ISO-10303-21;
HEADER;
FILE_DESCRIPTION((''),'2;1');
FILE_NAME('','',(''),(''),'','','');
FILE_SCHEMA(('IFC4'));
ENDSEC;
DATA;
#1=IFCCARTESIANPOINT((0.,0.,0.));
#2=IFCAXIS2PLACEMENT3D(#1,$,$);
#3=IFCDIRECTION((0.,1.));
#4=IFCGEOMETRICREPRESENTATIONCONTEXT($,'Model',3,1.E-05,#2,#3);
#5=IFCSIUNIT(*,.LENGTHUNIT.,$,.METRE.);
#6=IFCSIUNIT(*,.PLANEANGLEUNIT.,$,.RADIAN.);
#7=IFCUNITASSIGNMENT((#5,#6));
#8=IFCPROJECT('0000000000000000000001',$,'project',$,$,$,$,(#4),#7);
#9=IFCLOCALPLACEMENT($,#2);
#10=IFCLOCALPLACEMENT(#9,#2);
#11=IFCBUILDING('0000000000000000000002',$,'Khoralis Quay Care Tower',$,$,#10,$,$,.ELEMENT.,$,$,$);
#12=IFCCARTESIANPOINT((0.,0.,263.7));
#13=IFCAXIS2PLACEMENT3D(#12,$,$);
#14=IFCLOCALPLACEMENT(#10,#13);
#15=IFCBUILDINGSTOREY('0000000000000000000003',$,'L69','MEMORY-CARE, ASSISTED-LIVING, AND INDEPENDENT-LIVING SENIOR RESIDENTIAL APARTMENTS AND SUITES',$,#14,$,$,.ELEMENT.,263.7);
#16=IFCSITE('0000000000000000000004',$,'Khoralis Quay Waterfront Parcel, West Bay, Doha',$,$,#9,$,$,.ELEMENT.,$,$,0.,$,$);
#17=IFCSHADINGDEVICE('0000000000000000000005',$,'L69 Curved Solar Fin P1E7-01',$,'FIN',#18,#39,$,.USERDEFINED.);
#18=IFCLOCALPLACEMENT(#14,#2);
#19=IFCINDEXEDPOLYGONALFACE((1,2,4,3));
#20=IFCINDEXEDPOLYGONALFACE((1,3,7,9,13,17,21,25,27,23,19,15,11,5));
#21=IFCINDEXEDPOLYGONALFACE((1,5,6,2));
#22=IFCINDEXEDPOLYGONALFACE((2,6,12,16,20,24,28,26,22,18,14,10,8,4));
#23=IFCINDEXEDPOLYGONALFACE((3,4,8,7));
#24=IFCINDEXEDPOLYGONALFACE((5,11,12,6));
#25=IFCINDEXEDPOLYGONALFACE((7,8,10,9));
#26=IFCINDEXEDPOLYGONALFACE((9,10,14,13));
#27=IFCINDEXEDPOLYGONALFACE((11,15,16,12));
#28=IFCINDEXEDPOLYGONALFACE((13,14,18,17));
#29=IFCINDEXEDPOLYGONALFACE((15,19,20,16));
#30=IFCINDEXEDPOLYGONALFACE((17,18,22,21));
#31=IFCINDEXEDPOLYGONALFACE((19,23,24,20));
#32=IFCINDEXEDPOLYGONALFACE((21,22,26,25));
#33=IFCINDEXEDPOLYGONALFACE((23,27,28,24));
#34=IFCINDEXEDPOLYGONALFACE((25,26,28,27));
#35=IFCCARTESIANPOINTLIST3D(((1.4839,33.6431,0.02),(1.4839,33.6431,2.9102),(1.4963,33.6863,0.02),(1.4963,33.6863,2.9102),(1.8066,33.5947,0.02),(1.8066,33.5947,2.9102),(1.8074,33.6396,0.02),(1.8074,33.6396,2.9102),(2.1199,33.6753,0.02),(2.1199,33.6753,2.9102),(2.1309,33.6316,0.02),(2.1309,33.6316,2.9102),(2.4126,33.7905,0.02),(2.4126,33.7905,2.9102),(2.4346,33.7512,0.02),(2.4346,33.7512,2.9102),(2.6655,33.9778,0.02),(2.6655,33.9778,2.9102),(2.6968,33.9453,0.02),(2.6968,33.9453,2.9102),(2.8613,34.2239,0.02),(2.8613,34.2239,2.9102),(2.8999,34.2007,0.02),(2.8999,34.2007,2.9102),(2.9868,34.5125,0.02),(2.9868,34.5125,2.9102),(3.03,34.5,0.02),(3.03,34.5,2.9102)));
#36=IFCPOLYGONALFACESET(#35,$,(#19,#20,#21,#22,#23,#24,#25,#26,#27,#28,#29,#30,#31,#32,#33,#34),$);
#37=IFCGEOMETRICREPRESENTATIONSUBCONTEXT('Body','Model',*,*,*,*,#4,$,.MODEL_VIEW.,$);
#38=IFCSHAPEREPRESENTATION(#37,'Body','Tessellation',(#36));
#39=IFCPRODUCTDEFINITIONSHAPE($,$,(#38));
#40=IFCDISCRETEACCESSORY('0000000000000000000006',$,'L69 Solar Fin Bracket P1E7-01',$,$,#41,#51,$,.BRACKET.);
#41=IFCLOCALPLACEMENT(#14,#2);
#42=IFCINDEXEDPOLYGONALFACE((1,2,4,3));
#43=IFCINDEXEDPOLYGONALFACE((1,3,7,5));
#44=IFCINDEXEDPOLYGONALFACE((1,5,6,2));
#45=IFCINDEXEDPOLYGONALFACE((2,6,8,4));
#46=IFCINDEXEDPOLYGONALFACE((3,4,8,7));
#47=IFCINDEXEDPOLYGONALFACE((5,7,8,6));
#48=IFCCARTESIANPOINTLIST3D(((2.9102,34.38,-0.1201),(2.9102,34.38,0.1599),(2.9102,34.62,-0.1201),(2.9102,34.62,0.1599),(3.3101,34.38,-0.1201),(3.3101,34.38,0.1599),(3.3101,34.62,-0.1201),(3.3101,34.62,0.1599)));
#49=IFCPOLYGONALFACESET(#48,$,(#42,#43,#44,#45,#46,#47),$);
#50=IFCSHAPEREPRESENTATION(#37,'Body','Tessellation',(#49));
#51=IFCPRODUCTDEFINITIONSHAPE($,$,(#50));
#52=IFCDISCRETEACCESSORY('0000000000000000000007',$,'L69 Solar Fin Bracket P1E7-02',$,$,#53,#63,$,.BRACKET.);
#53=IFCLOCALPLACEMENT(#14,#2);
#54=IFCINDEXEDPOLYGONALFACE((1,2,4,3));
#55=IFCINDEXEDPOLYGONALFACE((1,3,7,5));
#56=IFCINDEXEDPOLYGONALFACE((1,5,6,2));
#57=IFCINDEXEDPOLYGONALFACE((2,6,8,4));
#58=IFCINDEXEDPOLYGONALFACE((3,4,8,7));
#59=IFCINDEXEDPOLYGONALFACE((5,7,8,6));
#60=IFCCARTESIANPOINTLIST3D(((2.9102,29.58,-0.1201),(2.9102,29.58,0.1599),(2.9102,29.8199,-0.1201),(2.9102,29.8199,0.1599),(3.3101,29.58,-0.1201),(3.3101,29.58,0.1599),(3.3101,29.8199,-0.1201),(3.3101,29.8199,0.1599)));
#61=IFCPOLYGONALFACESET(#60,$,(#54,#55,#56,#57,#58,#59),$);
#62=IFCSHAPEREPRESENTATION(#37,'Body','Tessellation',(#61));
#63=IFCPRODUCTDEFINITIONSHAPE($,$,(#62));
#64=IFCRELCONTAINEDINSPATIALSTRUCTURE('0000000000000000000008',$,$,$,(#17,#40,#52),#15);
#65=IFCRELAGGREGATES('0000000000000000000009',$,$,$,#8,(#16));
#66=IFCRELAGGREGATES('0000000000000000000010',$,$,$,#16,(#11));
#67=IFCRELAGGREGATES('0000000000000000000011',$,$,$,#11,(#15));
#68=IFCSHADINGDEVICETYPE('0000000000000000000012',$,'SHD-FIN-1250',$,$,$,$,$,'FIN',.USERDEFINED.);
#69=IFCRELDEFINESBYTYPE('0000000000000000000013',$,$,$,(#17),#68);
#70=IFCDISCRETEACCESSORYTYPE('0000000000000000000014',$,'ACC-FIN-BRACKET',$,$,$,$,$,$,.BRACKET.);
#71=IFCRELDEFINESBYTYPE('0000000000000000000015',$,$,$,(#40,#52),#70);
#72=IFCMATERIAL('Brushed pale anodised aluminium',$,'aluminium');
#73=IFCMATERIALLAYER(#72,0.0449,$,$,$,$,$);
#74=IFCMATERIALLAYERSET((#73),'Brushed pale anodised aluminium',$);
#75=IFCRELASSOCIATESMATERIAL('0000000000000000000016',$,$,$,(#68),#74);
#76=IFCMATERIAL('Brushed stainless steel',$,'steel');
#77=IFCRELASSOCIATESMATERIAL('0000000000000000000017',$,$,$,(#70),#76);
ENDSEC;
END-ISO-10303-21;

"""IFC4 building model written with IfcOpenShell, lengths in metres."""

from ifc_helpers import new_model, si_unit, direction, frame, origin, origin_2d, place, context, subcontext, project, spatial, polyline, rectangle, outline, extrude, source, transform, mapped, material, layer, layer_set, type_object, element, save


model = new_model("IFC4")

# Units and contexts
model_context = context("Model", 3, precision=1e-05, world=origin(), true_north=direction((0.0, 1.0)))
body_context = subcontext(model_context, "Body", "Model", "MODEL_VIEW")
ifc_project = project(units=[si_unit("LENGTHUNIT", "METRE"), si_unit("PLANEANGLEUNIT", "RADIAN")], contexts=[model_context])

# Site, building, storey
site_placement = place(None, origin())
site = spatial("IfcSite", under=ifc_project, at=site_placement, Name="Khoralis Quay Waterfront Parcel, West Bay, Doha", CompositionType="ELEMENT", RefElevation=0.0)
building_placement = place(site_placement, origin())
building = spatial("IfcBuilding", under=site, at=building_placement, Name="Khoralis Quay Care Tower", CompositionType="ELEMENT")
storey_placement = place(building_placement, frame((0.0, 0.0, 263.7)))
storey = spatial("IfcBuildingStorey", under=building, at=storey_placement, Name="L69", Description="MEMORY-CARE, ASSISTED-LIVING, AND INDEPENDENT-LIVING SENIOR RESIDENTIAL APARTMENTS AND SUITES", CompositionType="ELEMENT", Elevation=263.7)

# Shading device
ifc_material_1 = material(Name="Brushed pale anodised aluminium", Category="aluminium")
ifc_layer_1 = layer(ifc_material_1, 0.0449)
ifc_layer_set_1 = layer_set([ifc_layer_1], Name="Brushed pale anodised aluminium")
shading_device_type = type_object("IfcShadingDeviceType", Name="SHD-FIN-1250", ElementType="FIN", PredefinedType="USERDEFINED", material=ifc_layer_set_1)
shared_shape_1 = source(origin(), body_context, "Body", "SweptSolid", [
    extrude(outline(polyline([(0.0, 0.0), (0.1301, 0.2993), (0.3333, 0.5547), (0.5955, 0.7488), (0.8992, 0.8684), (1.2234, 0.9053), (1.5461, 0.8569), (1.5337, 0.8137), (1.2227, 0.8604), (0.9102, 0.8247), (0.6174, 0.7095), (0.3645, 0.5222), (0.1687, 0.2761), (0.0432, -0.0125), (0.0, 0.0)])), origin(), (0.0, 0.0, 1.0), 2.8901),
])
shading_device_placement = place(storey_placement, frame((3.03, 34.5, 0.02), z_axis=(0.0, 0.0, 1.0), x_axis=(-1.0, 0.0, 0.0)))
element("IfcShadingDevice", 1, at=shading_device_placement, inside=storey, type_object=shading_device_type, Name="L69 Curved Solar Fin P1E7-01", ObjectType="FIN", PredefinedType="USERDEFINED", context=body_context, shape_type="MappedRepresentation", body=[
    mapped(shared_shape_1, transform((0.0, 0.0, 0.0), scale=1.0)),
])

# Discrete accessories
ifc_material_2 = material(Name="Brushed stainless steel", Category="steel")
discrete_accessory_type = type_object("IfcDiscreteAccessoryType", Name="ACC-FIN-BRACKET", PredefinedType="BRACKET", material=ifc_material_2)
shared_shape_2 = source(origin(), body_context, "Body", "SweptSolid", [
    extrude(rectangle(XDim=0.3999, YDim=0.24, at=origin_2d()), origin(), (0.0, 0.0, 1.0), 0.28),
])
for number, where, z_axis, x_axis, name in (
    (2, (3.1101, 34.5, -0.1201), (0.0, 0.0, 1.0), (-1.0, 0.0, 0.0), "L69 Solar Fin Bracket P1E7-01"),
    (3, (3.1101, 29.7, -0.1201), (0.0, 0.0, 1.0), (-1.0, 0.0, 0.0), "L69 Solar Fin Bracket P1E7-02"),
):
    element("IfcDiscreteAccessory", number, at=place(storey_placement, frame(where, z_axis=z_axis, x_axis=x_axis)), inside=storey, type_object=discrete_accessory_type, Name=name, PredefinedType="BRACKET", context=body_context, shape_type="MappedRepresentation", body=[
        mapped(shared_shape_2, transform((0.0, 0.0, 0.0), scale=1.0)),
    ])

save(model, "model.ifc")
